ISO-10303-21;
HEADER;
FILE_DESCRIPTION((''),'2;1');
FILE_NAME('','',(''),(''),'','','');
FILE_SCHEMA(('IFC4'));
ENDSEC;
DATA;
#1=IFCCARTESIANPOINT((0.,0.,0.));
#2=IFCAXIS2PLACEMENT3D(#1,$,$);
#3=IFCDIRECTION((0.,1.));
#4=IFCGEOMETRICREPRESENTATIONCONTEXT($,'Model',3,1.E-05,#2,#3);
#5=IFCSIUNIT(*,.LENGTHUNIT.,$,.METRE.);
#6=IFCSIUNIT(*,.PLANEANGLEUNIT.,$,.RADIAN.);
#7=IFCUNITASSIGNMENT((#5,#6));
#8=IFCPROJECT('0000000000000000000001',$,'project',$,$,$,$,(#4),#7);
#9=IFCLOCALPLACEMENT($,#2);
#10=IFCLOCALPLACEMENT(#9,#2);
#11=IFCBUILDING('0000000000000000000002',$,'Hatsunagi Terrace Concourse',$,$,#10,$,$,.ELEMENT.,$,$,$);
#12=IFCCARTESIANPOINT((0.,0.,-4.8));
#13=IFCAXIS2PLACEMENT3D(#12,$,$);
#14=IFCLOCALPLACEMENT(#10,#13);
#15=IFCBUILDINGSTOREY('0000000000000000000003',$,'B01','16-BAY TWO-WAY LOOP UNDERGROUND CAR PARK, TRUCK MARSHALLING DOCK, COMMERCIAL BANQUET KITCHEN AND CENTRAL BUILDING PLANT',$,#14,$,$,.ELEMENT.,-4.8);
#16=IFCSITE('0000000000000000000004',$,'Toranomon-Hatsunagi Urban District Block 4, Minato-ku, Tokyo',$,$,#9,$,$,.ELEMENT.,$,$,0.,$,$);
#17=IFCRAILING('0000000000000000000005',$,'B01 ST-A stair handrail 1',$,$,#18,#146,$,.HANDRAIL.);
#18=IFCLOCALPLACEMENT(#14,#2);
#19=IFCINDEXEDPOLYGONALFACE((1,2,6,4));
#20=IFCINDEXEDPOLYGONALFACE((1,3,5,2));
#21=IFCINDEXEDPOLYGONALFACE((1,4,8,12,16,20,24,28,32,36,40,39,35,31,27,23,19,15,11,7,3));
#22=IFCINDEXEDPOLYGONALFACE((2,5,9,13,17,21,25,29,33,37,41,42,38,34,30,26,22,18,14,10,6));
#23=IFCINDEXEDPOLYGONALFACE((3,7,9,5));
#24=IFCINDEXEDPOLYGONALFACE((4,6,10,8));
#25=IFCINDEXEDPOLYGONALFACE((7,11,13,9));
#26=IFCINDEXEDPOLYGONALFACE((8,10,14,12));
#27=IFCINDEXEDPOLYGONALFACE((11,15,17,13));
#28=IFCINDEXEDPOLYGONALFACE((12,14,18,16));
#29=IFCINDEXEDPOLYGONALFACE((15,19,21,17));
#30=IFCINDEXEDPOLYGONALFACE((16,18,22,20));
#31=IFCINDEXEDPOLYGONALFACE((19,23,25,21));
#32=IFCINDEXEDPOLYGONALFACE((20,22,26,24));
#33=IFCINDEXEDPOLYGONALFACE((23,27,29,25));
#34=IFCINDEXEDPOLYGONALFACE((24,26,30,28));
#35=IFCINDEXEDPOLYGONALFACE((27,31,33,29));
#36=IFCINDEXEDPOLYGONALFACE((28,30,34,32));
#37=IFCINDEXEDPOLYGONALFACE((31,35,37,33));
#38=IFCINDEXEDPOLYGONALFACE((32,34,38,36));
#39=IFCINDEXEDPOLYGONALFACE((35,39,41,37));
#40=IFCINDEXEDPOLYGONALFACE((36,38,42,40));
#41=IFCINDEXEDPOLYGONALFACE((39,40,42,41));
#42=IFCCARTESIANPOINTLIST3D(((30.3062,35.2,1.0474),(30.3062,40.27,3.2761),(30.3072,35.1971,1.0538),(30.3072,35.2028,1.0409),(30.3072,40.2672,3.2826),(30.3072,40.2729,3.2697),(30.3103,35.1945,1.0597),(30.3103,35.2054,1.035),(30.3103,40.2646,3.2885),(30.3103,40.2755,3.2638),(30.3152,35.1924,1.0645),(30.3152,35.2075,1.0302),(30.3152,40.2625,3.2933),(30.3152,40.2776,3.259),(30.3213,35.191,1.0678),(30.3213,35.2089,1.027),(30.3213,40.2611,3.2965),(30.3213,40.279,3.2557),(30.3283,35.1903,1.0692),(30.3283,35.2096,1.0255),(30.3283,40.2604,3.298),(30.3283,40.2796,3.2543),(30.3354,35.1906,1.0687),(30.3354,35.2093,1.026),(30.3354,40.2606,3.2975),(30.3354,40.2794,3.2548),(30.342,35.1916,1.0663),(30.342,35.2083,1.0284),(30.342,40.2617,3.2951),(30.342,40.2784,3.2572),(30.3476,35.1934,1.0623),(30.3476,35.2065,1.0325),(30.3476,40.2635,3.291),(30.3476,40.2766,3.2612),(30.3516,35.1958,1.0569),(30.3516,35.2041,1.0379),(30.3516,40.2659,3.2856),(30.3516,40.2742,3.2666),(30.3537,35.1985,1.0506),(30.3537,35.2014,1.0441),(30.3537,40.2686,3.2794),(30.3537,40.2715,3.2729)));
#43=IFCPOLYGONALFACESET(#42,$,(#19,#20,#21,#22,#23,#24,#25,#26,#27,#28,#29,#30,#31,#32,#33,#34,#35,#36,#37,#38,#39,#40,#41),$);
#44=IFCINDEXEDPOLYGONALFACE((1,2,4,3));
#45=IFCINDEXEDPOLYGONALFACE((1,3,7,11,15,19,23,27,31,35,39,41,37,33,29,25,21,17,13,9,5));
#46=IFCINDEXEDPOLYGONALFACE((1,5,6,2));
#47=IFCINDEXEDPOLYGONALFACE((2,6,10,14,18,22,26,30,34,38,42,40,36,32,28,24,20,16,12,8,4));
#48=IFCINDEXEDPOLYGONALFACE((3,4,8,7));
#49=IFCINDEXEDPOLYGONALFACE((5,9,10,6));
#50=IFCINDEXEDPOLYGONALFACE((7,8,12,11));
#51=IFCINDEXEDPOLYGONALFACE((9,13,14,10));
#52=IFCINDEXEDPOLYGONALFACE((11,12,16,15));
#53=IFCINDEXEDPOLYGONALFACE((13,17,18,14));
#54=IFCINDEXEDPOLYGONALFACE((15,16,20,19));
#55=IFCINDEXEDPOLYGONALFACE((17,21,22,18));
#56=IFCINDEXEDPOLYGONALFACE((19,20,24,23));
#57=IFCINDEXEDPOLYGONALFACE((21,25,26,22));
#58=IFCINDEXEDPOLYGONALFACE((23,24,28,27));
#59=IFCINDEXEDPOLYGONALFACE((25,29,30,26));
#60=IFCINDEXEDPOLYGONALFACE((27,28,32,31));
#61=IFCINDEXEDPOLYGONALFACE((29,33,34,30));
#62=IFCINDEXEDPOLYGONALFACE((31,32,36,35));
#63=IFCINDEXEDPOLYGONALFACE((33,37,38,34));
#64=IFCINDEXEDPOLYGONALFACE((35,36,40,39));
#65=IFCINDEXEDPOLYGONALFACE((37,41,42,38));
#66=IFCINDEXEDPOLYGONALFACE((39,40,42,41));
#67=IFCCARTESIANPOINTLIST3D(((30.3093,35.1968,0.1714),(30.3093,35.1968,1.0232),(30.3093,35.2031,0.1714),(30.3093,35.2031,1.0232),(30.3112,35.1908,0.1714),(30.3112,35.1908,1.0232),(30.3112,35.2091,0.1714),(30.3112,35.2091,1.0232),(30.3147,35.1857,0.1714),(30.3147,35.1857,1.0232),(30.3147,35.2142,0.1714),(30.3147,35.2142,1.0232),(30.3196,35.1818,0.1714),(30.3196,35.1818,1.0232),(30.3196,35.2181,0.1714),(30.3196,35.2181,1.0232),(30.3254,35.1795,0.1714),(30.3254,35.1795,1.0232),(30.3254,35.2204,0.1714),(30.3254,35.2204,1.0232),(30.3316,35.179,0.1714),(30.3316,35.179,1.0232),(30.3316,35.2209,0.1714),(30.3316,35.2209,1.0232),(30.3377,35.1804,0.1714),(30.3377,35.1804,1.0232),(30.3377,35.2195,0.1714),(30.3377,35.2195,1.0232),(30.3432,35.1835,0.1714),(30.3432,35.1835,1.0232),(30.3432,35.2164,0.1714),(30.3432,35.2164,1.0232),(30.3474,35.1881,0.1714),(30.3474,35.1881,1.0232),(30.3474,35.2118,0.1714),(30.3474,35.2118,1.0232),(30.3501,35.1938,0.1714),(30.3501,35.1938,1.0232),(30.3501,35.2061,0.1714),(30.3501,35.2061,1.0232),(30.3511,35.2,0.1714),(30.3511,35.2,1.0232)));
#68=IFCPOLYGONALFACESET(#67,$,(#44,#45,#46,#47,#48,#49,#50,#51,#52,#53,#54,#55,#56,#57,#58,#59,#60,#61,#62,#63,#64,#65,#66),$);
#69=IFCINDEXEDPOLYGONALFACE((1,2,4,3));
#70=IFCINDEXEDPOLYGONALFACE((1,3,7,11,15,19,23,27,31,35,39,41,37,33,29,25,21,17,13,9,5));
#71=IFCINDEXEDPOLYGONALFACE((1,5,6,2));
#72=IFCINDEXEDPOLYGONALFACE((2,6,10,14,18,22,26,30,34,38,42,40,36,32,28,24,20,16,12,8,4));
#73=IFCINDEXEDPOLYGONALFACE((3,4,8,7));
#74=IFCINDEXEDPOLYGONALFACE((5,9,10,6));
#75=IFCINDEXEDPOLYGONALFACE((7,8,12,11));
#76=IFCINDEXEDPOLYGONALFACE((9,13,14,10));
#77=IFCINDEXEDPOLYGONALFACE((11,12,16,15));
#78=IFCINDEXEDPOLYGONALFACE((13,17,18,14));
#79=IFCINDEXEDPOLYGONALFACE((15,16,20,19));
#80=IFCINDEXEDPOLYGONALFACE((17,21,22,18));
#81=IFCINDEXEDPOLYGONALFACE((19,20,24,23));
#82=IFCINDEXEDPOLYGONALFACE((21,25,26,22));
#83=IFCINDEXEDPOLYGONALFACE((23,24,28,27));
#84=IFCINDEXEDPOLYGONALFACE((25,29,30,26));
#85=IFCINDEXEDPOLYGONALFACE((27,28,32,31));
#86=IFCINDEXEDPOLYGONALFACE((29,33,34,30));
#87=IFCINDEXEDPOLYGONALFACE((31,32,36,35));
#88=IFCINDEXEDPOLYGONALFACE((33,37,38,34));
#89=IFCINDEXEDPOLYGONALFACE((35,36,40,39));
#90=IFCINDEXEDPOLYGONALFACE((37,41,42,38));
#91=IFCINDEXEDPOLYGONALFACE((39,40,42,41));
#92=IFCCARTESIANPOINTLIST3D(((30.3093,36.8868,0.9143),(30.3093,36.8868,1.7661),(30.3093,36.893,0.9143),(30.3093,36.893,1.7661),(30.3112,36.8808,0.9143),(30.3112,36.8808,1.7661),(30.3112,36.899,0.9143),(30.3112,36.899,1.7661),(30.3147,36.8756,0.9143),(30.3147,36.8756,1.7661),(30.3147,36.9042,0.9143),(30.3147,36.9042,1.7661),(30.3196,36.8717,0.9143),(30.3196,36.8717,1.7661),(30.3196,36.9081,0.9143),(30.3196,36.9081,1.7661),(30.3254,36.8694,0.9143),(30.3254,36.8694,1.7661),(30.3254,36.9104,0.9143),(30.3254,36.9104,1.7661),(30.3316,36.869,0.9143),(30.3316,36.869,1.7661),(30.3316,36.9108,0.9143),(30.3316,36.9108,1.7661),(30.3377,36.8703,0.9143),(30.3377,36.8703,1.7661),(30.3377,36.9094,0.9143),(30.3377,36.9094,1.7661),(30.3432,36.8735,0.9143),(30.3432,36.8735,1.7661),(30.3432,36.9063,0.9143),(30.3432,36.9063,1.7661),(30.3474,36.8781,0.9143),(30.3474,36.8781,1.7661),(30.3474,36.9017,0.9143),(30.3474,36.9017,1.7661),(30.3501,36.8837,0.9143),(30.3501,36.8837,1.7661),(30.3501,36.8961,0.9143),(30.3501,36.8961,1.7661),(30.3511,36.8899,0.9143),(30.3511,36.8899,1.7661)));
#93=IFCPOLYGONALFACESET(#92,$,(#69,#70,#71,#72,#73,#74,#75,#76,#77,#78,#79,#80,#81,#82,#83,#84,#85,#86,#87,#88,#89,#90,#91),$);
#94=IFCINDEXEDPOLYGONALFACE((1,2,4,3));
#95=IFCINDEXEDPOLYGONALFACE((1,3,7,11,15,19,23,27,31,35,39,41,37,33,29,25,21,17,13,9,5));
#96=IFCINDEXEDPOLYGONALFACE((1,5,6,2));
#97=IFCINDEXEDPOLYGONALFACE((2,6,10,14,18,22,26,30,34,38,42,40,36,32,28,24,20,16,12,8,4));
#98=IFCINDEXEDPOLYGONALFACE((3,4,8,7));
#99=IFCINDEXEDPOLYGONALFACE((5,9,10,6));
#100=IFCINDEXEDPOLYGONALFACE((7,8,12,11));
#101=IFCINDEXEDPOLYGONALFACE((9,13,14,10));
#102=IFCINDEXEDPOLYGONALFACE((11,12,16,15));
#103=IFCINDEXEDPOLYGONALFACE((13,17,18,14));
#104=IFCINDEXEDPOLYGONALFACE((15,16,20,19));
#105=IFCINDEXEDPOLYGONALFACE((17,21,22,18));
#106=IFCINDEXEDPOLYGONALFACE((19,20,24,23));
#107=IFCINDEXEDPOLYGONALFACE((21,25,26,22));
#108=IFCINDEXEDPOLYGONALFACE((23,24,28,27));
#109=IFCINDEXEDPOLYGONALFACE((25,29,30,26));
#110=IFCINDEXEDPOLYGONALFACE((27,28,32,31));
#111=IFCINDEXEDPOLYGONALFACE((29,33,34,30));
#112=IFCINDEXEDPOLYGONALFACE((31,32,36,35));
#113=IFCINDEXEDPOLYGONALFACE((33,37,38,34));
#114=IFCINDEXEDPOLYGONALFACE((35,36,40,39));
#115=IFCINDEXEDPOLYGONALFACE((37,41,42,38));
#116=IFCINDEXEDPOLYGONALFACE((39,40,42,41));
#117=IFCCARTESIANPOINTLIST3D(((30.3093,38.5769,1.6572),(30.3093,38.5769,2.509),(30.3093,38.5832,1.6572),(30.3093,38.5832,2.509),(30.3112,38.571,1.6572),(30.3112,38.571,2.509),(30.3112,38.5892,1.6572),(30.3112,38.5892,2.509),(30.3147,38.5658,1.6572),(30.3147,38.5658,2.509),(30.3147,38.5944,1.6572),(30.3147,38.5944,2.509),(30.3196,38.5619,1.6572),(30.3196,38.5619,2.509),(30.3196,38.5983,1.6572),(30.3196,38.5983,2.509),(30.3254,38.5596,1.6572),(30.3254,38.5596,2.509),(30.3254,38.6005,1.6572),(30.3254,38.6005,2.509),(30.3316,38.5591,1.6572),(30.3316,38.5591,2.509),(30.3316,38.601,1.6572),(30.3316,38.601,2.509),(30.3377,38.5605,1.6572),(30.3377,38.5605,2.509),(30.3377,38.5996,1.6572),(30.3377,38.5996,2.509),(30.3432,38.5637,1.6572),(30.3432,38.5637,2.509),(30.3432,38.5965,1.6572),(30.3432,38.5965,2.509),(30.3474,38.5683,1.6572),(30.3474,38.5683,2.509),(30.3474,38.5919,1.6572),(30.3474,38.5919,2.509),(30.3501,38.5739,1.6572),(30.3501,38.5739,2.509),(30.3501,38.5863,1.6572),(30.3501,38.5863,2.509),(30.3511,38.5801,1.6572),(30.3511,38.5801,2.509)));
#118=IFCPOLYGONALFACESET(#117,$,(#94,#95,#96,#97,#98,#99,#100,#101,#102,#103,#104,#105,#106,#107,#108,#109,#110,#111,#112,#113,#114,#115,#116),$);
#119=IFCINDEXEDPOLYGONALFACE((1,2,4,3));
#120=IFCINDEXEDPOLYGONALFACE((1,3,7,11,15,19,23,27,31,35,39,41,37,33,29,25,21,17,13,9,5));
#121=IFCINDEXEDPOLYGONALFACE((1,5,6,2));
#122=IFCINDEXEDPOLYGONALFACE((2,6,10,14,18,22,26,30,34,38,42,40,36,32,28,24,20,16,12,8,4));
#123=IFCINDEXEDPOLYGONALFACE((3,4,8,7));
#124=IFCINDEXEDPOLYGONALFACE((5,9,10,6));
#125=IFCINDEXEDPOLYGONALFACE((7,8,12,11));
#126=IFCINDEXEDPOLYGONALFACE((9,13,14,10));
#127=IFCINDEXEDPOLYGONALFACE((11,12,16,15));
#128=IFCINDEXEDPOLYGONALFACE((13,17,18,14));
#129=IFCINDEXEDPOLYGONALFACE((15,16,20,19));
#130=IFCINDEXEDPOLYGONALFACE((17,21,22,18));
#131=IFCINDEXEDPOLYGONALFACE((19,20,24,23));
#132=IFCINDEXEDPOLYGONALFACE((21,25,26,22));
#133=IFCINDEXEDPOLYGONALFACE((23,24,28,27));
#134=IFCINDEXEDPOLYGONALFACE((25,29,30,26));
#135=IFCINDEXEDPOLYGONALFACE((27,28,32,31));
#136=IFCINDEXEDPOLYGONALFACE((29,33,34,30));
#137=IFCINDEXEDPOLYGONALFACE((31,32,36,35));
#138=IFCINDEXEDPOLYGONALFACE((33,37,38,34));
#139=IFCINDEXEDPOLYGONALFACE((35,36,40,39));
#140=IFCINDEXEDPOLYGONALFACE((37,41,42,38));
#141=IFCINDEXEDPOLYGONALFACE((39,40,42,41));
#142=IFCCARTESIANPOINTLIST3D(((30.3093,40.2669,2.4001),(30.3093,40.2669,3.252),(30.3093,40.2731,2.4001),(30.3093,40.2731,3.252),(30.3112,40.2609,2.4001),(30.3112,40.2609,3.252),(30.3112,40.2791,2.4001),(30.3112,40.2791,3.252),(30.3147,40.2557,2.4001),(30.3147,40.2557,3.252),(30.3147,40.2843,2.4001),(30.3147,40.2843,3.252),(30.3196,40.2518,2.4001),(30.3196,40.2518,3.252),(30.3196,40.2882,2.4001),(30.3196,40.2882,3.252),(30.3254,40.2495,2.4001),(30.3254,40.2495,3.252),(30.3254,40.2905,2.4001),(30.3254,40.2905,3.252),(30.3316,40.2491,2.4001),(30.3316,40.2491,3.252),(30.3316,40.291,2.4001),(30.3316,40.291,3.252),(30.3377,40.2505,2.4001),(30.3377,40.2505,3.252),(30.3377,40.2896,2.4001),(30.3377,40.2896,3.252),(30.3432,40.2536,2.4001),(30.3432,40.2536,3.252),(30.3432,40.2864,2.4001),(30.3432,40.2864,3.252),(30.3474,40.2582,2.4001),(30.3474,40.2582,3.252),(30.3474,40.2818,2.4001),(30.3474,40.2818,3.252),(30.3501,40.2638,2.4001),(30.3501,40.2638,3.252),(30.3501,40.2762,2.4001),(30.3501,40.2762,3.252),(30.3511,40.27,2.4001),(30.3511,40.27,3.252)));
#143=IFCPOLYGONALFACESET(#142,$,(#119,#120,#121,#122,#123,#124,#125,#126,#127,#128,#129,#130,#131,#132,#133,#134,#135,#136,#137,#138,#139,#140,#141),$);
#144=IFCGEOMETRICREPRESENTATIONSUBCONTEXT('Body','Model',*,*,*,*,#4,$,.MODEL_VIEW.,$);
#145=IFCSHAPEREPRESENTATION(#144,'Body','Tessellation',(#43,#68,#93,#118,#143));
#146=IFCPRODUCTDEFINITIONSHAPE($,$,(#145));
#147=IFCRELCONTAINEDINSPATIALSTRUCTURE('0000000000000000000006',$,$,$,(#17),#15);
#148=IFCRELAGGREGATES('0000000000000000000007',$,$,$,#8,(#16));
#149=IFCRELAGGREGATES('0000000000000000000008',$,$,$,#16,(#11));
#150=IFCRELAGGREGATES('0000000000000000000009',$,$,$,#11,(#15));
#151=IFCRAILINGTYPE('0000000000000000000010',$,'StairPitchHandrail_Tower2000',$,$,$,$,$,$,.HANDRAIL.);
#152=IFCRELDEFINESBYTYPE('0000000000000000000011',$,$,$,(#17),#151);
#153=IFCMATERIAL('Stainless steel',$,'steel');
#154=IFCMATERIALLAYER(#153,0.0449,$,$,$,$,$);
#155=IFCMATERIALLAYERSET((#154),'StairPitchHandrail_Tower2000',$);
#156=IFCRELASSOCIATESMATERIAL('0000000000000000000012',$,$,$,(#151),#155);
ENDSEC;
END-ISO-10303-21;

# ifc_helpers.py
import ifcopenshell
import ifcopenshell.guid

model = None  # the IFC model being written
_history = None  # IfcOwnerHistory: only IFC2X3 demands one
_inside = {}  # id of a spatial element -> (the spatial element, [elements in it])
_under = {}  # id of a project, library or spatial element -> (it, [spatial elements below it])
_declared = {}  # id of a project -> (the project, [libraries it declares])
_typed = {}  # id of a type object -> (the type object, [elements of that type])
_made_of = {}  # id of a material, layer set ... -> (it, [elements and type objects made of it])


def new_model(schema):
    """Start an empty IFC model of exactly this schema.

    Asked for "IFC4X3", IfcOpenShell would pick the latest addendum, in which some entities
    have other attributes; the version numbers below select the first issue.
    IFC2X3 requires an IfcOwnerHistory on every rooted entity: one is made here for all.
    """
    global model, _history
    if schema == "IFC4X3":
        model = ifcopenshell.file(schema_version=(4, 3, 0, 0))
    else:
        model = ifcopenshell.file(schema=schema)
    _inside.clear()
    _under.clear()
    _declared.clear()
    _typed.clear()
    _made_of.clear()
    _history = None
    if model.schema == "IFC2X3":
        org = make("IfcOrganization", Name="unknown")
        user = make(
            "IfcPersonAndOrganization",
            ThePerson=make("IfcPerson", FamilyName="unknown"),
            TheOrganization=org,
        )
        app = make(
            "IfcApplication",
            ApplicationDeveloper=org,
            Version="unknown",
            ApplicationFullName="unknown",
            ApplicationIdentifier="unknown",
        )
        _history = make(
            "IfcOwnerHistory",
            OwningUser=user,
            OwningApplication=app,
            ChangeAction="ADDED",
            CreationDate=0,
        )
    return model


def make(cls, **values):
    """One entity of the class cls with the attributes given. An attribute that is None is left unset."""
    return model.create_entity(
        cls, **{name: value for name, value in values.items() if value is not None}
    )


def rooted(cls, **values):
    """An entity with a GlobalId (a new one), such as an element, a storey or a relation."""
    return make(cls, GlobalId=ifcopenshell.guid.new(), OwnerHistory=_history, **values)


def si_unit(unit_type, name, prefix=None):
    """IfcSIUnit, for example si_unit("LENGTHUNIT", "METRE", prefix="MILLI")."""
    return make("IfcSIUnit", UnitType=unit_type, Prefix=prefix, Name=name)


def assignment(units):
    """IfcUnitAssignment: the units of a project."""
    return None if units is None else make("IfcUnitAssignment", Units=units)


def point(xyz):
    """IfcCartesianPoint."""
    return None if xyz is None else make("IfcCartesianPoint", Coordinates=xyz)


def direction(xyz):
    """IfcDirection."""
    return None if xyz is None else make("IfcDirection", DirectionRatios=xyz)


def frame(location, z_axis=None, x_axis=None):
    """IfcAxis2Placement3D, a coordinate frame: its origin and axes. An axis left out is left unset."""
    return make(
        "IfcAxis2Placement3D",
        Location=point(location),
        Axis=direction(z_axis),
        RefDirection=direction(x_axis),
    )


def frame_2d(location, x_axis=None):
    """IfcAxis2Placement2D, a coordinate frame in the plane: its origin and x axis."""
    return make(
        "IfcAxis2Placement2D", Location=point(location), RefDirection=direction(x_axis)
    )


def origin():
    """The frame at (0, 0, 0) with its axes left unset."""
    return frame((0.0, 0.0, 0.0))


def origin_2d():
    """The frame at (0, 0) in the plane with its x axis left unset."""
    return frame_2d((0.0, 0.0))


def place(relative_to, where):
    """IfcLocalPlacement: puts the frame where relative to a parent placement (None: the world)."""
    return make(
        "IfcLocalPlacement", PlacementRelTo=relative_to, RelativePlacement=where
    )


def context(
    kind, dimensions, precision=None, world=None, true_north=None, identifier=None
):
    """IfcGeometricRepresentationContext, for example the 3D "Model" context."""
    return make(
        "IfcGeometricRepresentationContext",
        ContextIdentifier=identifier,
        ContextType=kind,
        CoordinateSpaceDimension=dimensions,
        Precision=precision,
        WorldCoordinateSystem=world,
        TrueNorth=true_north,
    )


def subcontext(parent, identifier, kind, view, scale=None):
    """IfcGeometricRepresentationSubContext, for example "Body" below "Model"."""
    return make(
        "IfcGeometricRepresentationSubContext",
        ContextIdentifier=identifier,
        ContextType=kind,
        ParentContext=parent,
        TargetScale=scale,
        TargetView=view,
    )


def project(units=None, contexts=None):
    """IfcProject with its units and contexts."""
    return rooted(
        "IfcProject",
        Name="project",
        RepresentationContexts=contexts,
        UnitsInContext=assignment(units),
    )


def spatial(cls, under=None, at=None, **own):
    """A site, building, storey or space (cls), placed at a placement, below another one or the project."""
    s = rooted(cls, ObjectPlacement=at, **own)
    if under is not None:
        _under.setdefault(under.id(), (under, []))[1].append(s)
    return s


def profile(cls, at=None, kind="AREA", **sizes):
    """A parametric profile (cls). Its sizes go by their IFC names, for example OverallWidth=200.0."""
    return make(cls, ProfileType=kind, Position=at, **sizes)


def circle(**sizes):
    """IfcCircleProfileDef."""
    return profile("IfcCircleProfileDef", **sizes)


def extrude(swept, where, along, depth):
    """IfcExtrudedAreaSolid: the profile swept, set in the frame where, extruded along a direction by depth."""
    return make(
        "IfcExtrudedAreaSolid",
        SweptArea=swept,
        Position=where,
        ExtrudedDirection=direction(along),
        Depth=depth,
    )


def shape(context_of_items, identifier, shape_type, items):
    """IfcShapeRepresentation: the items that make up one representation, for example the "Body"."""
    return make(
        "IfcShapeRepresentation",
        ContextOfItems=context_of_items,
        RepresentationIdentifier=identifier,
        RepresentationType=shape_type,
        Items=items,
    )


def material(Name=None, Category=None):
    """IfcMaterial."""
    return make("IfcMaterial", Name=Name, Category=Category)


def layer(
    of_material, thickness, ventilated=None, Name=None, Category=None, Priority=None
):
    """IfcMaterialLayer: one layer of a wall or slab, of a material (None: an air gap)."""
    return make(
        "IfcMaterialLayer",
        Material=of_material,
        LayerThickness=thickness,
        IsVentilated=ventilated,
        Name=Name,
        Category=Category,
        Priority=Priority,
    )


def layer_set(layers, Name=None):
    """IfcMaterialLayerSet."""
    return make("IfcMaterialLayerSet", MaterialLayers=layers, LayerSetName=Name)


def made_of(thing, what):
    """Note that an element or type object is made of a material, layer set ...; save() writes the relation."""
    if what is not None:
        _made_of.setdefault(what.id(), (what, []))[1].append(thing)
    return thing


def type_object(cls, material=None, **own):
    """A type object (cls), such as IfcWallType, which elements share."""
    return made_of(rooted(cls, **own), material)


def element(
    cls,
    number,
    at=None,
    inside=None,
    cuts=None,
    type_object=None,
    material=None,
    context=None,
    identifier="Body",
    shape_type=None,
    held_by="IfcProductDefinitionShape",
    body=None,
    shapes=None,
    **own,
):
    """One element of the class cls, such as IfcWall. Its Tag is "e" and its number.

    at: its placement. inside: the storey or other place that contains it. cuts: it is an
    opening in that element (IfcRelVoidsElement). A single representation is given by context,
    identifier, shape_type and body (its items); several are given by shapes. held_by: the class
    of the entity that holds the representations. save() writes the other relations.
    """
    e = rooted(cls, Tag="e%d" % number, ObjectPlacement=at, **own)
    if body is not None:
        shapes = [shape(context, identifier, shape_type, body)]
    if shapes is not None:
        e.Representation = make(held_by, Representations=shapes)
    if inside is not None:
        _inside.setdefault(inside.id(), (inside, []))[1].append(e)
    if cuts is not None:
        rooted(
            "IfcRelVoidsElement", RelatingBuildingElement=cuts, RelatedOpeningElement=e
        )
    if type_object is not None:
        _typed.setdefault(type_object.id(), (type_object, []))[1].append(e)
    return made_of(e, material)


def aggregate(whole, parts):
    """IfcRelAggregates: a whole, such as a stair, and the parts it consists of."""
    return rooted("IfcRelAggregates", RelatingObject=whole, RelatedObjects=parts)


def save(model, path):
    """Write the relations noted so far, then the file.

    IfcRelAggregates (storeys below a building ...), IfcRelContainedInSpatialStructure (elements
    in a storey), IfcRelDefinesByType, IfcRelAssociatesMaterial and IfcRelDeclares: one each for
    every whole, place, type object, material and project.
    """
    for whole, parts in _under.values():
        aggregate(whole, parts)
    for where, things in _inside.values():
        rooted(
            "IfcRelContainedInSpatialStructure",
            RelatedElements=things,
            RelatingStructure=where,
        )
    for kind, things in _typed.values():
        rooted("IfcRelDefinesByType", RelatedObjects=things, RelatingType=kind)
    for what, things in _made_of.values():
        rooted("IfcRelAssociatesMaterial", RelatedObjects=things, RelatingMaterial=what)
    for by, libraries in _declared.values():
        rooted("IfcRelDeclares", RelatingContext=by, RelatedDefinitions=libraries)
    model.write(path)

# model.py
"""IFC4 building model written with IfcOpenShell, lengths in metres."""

from ifc_helpers import new_model, si_unit, direction, frame, origin, origin_2d, place, context, subcontext, project, spatial, circle, extrude, material, layer, layer_set, type_object, element, save


model = new_model("IFC4")

# Units and contexts
model_context = context("Model", 3, precision=1e-05, world=origin(), true_north=direction((0.0, 1.0)))
body_context = subcontext(model_context, "Body", "Model", "MODEL_VIEW")
ifc_project = project(units=[si_unit("LENGTHUNIT", "METRE"), si_unit("PLANEANGLEUNIT", "RADIAN")], contexts=[model_context])

# Site, building, storey
site_placement = place(None, origin())
site = spatial("IfcSite", under=ifc_project, at=site_placement, Name="Toranomon-Hatsunagi Urban District Block 4, Minato-ku, Tokyo", CompositionType="ELEMENT", RefElevation=0.0)
building_placement = place(site_placement, origin())
building = spatial("IfcBuilding", under=site, at=building_placement, Name="Hatsunagi Terrace Concourse", CompositionType="ELEMENT")
storey_placement = place(building_placement, frame((0.0, 0.0, -4.8)))
storey = spatial("IfcBuildingStorey", under=building, at=storey_placement, Name="B01", Description="16-BAY TWO-WAY LOOP UNDERGROUND CAR PARK, TRUCK MARSHALLING DOCK, COMMERCIAL BANQUET KITCHEN AND CENTRAL BUILDING PLANT", CompositionType="ELEMENT", Elevation=-4.8)

# Railing
ifc_material_1 = material(Name="Stainless steel", Category="steel")
ifc_layer_1 = layer(ifc_material_1, 0.0449)
ifc_layer_set_1 = layer_set([ifc_layer_1], Name="StairPitchHandrail_Tower2000")
railing_type_1 = type_object("IfcRailingType", Name="StairPitchHandrail_Tower2000", PredefinedType="HANDRAIL", material=ifc_layer_set_1)
railing_1_placement = place(storey_placement, frame((30.3301, 35.2, 0.1714)))
element("IfcRailing", 1, at=railing_1_placement, inside=storey, type_object=railing_type_1, Name="B01 ST-A stair handrail 1", PredefinedType="HANDRAIL", context=body_context, shape_type="SweptSolid", body=[
    extrude(circle(Radius=0.0239, at=origin_2d()), frame((0.0, 0.0, 0.876), z_axis=(0.0, 0.915453, 0.402425), x_axis=(-1.0, 0.0, 0.0)), (0.0, 0.0, 1.0), 5.5383),
    extrude(circle(Radius=0.021, at=origin_2d()), origin(), (0.0, 0.0, 1.0), 0.8518),
    extrude(circle(Radius=0.021, at=origin_2d()), frame((0.0, 1.6899, 0.7429)), (0.0, 0.0, 1.0), 0.8518),
    extrude(circle(Radius=0.021, at=origin_2d()), frame((0.0, 3.3801, 1.4858)), (0.0, 0.0, 1.0), 0.8518),
    extrude(circle(Radius=0.021, at=origin_2d()), frame((0.0, 5.0701, 2.2288)), (0.0, 0.0, 1.0), 0.8518),
])

save(model, "model.ifc")
